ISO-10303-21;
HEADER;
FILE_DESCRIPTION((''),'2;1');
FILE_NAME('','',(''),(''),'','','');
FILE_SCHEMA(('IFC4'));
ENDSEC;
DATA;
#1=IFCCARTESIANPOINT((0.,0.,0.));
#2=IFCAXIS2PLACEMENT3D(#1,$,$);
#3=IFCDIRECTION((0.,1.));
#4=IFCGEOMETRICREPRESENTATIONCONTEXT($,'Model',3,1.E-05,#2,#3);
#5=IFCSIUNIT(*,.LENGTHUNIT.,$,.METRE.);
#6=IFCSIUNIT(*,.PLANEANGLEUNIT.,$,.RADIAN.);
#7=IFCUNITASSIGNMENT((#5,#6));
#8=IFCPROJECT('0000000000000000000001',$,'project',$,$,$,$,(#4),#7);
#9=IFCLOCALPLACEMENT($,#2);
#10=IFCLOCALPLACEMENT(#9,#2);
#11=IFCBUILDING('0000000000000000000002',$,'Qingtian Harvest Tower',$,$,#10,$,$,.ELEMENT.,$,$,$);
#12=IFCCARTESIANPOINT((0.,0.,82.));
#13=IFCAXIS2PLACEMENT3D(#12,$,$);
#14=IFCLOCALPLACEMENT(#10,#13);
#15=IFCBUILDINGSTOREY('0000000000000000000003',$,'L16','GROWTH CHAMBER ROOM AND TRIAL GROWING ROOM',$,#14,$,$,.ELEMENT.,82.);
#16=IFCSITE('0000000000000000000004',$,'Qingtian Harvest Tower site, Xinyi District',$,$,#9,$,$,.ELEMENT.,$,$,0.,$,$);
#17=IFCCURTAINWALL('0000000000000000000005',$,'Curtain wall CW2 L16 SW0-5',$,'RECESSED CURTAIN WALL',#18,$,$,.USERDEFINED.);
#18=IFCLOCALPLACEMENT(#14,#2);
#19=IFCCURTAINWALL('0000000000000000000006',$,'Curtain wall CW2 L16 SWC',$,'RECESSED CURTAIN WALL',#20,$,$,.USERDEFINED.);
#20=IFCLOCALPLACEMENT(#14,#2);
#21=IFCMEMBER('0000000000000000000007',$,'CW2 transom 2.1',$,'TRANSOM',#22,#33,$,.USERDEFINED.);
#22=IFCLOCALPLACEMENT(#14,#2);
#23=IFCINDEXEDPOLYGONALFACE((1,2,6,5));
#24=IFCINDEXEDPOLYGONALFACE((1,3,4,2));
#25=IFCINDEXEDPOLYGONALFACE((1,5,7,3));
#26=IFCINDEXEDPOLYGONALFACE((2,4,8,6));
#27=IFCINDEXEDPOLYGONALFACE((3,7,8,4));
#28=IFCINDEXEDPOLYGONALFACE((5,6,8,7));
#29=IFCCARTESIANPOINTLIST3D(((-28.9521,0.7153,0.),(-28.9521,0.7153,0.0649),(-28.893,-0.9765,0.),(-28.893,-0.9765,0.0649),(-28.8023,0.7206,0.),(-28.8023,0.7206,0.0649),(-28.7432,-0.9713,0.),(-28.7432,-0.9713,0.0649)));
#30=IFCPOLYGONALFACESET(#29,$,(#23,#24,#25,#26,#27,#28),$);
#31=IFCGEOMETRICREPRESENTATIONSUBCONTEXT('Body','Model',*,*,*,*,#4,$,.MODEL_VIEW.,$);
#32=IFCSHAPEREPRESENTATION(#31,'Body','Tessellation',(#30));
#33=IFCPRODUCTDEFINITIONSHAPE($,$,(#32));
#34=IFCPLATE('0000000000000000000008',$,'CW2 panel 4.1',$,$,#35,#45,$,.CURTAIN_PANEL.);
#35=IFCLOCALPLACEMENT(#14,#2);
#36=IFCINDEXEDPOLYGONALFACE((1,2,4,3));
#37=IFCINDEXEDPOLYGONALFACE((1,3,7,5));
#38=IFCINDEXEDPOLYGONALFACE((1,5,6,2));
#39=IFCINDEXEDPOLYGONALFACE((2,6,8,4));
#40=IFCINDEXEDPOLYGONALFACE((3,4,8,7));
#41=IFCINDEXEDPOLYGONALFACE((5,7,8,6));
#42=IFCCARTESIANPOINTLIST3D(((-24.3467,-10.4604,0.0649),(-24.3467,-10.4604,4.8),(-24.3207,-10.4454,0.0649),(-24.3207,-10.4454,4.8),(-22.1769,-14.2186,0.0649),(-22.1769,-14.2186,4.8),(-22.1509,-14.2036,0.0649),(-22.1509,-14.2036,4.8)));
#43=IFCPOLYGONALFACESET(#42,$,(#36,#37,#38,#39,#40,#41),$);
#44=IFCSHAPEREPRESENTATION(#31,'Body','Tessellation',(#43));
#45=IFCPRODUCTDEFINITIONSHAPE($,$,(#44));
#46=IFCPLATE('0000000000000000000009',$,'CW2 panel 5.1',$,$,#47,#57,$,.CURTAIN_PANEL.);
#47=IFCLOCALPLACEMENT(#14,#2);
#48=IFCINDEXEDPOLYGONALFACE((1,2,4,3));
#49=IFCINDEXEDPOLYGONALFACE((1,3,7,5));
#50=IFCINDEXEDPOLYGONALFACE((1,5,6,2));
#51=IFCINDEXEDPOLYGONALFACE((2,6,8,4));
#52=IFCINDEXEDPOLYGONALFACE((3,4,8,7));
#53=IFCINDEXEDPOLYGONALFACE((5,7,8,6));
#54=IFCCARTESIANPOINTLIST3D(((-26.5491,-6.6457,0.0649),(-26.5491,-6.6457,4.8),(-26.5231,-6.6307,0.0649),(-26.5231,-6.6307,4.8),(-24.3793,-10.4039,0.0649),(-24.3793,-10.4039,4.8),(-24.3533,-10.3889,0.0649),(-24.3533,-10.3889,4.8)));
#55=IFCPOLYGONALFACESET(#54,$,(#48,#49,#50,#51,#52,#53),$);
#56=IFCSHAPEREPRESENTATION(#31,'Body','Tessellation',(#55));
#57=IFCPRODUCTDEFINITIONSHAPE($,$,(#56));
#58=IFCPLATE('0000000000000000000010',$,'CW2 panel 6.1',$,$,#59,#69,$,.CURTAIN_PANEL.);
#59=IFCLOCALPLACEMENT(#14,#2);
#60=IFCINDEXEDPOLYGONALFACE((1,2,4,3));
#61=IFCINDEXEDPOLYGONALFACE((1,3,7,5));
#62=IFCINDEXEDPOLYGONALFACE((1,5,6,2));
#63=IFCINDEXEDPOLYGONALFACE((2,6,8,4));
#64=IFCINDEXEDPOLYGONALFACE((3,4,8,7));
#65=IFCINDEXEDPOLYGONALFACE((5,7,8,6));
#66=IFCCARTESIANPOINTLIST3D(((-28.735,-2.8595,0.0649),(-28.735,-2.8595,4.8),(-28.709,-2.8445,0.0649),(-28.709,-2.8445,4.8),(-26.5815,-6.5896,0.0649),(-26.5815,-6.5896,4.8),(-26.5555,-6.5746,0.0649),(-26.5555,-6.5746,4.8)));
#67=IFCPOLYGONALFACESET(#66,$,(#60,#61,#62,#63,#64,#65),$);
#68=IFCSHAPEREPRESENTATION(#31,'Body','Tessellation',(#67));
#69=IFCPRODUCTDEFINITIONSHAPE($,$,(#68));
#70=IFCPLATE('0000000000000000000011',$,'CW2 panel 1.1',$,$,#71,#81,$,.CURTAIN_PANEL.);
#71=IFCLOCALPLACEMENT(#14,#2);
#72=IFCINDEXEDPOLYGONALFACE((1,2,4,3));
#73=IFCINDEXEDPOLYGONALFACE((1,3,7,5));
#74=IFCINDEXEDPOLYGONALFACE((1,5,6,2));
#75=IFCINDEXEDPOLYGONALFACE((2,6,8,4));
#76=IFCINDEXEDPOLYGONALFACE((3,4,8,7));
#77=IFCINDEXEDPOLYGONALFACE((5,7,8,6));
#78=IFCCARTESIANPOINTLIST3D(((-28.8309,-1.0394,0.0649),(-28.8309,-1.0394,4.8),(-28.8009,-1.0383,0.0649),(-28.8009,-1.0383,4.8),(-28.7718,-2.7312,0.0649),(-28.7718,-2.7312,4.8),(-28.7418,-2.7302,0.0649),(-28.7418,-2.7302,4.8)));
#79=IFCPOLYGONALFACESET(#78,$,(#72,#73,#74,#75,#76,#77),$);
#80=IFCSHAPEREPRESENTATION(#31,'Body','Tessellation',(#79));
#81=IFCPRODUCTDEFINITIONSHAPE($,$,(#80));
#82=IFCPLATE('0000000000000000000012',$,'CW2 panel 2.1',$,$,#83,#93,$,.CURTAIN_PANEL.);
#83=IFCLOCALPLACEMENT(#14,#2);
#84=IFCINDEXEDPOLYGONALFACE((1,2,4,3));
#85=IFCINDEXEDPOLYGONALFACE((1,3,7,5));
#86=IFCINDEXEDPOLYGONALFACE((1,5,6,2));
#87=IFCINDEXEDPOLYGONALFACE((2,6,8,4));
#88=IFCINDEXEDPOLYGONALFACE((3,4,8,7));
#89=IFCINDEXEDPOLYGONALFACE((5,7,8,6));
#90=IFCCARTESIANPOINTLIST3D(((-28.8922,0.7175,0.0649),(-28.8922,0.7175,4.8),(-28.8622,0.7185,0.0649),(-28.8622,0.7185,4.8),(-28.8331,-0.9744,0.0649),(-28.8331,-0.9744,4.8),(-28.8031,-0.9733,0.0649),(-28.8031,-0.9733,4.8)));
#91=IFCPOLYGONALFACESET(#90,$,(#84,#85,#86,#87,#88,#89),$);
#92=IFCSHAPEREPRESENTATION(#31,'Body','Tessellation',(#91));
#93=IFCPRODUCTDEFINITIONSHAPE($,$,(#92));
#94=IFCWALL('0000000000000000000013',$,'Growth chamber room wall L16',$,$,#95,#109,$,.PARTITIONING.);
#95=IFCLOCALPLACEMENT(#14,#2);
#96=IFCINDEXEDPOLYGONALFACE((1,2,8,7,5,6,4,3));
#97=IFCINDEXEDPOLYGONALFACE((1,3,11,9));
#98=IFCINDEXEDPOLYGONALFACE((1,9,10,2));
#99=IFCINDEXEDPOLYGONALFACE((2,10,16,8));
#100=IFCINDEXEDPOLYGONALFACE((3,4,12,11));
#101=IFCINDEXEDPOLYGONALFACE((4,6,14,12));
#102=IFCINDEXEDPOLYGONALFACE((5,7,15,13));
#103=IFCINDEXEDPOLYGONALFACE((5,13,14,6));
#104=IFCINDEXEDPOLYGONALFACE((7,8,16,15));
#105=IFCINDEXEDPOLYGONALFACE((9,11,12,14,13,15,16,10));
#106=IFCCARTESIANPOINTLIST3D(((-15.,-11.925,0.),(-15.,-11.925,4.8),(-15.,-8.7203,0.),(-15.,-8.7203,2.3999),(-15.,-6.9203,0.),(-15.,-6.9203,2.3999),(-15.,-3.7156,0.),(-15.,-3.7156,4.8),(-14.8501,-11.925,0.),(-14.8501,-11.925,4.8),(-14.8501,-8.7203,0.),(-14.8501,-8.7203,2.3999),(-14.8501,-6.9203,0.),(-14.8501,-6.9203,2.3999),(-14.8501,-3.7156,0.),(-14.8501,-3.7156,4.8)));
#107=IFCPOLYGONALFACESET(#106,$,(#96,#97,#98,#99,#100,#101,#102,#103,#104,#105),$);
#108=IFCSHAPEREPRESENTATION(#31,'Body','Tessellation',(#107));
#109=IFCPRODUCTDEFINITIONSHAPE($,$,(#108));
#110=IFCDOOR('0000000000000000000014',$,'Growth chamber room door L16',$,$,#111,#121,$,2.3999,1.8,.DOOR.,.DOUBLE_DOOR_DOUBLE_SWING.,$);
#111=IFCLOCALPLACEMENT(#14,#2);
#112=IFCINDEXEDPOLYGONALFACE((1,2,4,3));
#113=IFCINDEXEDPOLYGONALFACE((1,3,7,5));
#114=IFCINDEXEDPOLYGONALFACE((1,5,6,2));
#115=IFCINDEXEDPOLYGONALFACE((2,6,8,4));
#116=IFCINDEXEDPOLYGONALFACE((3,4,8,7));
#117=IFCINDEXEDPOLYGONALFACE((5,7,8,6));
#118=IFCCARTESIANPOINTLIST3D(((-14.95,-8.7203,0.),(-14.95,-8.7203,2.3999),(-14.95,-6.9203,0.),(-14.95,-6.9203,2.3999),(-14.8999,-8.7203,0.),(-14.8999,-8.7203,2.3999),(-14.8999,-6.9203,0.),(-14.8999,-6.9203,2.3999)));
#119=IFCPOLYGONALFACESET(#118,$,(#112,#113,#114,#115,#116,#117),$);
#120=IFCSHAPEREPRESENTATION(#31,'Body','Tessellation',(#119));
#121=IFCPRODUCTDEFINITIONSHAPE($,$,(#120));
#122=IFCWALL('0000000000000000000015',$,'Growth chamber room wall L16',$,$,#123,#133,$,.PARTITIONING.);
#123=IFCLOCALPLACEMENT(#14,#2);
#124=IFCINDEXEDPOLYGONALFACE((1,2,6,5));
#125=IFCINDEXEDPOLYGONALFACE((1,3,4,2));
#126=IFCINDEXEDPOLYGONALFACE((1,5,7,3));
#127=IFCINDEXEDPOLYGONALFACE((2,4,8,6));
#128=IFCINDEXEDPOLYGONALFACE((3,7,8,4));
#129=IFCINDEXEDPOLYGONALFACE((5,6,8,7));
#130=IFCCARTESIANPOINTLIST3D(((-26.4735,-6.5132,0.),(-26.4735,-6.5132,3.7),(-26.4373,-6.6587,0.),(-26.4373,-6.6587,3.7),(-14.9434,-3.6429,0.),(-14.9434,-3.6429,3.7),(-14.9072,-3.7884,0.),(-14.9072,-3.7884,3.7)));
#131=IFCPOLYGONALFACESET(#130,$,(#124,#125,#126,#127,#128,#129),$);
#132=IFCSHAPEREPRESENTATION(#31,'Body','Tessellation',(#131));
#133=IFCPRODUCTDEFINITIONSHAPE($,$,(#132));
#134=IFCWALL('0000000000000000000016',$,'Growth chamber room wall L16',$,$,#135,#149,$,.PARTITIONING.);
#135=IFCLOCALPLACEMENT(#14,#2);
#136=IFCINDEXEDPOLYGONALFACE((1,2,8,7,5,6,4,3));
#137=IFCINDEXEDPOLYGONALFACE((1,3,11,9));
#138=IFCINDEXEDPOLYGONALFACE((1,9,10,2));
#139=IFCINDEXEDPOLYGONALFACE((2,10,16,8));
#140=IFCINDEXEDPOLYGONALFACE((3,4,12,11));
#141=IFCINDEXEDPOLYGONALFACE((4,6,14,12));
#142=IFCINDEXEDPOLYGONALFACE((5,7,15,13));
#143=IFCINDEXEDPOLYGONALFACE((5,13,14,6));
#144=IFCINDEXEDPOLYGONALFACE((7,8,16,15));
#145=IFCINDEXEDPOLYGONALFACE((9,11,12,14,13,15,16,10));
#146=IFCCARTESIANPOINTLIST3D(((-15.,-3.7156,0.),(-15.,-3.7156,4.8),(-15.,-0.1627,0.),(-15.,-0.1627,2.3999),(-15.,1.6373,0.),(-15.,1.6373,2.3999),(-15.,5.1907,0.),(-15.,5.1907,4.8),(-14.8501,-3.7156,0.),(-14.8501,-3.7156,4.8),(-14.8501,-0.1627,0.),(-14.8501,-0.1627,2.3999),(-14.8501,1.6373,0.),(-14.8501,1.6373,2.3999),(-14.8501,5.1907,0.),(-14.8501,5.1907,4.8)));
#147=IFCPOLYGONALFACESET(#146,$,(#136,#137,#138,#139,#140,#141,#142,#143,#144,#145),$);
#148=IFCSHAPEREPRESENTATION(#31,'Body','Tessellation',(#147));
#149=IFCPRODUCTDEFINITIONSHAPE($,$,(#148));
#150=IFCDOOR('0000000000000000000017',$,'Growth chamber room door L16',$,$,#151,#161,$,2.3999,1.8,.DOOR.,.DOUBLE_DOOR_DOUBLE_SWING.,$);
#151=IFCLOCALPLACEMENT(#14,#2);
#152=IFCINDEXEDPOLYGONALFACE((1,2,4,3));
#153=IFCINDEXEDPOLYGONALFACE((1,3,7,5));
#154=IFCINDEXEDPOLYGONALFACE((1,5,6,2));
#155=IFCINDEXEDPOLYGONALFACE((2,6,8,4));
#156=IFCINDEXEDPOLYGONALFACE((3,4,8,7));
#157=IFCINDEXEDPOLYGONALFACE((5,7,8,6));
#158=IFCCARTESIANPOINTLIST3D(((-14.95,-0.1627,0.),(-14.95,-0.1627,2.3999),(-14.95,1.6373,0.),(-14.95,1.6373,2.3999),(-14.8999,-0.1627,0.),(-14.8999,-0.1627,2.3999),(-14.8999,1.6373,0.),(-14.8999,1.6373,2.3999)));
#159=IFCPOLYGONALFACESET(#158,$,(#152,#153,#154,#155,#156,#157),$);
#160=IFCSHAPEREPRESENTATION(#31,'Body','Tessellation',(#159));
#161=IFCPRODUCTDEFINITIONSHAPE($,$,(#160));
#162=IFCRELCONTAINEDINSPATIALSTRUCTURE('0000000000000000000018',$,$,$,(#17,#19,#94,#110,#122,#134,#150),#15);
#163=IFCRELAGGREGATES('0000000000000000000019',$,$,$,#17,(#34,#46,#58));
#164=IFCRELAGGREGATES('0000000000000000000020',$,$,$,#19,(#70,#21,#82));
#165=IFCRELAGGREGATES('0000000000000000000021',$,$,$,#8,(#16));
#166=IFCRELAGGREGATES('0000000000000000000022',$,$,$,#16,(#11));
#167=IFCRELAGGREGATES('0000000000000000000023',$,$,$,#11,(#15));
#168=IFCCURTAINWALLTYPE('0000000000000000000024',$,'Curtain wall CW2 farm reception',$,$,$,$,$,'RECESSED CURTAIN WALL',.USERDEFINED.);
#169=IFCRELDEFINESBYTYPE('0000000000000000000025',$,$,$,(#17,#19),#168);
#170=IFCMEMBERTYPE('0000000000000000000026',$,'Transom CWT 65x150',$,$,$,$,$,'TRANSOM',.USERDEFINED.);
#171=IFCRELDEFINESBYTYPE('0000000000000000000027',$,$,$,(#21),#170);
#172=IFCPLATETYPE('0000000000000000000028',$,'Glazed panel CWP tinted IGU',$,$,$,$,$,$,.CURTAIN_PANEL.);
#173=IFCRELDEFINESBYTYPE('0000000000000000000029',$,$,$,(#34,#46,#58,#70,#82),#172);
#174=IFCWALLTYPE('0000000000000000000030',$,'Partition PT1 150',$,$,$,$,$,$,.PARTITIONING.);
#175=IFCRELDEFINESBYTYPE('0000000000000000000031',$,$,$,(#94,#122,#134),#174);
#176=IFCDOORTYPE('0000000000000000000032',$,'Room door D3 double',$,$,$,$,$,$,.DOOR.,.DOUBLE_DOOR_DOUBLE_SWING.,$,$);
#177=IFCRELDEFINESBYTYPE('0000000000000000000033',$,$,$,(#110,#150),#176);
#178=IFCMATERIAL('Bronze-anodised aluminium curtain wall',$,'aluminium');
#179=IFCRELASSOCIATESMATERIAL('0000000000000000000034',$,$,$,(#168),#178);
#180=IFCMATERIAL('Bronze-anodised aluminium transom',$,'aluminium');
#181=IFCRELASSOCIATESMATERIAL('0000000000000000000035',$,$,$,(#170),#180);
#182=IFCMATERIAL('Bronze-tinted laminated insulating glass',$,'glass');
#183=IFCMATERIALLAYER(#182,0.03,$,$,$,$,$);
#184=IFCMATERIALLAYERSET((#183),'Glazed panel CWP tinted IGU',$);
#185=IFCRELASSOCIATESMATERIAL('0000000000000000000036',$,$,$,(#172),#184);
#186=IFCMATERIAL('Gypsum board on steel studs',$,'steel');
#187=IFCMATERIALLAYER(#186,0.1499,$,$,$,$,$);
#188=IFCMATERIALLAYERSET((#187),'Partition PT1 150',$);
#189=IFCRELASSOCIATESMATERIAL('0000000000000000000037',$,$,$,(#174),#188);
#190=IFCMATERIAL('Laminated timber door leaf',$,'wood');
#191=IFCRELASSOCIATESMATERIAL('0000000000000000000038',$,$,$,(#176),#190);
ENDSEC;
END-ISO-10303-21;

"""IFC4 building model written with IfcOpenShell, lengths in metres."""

from ifc_helpers import new_model, si_unit, direction, frame, frame_2d, origin, origin_2d, place, context, subcontext, project, spatial, rectangle, extrude, material, layer, layer_set, material_profile, profile_set, type_object, element, fill, aggregate, save


model = new_model("IFC4")

# Units and contexts
model_context = context("Model", 3, precision=1e-05, world=origin(), true_north=direction((0.0, 1.0)))
body_context = subcontext(model_context, "Body", "Model", "MODEL_VIEW")
ifc_project = project(units=[si_unit("LENGTHUNIT", "METRE"), si_unit("PLANEANGLEUNIT", "RADIAN")], contexts=[model_context])

# Site, building, storey
site_placement = place(None, origin())
site = spatial("IfcSite", under=ifc_project, at=site_placement, Name="Qingtian Harvest Tower site, Xinyi District", CompositionType="ELEMENT", RefElevation=0.0)
building_placement = place(site_placement, origin())
building = spatial("IfcBuilding", under=site, at=building_placement, Name="Qingtian Harvest Tower", CompositionType="ELEMENT")
storey_placement = place(building_placement, frame((0.0, 0.0, 82.0)))
storey = spatial("IfcBuildingStorey", under=building, at=storey_placement, Name="L16", Description="GROWTH CHAMBER ROOM AND TRIAL GROWING ROOM", CompositionType="ELEMENT", Elevation=82.0)

# Curtain walls
ifc_material_1 = material(Name="Bronze-anodised aluminium curtain wall", Category="aluminium")
curtain_wall_type = type_object("IfcCurtainWallType", Name="Curtain wall CW2 farm reception", ElementType="RECESSED CURTAIN WALL", PredefinedType="USERDEFINED", material=ifc_material_1)
curtain_wall_1_placement = place(storey_placement, origin())
curtain_wall_1 = element("IfcCurtainWall", 1, at=curtain_wall_1_placement, inside=storey, type_object=curtain_wall_type, Name="Curtain wall CW2 L16 SW0-5", ObjectType="RECESSED CURTAIN WALL", PredefinedType="USERDEFINED")
curtain_wall_2_placement = place(storey_placement, origin())
curtain_wall_2 = element("IfcCurtainWall", 2, at=curtain_wall_2_placement, inside=storey, type_object=curtain_wall_type, Name="Curtain wall CW2 L16 SWC", ObjectType="RECESSED CURTAIN WALL", PredefinedType="USERDEFINED")

# Member
ifc_material_2 = material(Name="Bronze-anodised aluminium transom", Category="aluminium")
ifc_material_profile_1 = material_profile(ifc_material_2, rectangle(XDim=0.1499, YDim=0.0649, at=origin_2d()), Name="AL 65x150")
ifc_profile_set_1 = profile_set([ifc_material_profile_1], Name="Bronze-anodised aluminium transom")
member_type_1 = type_object("IfcMemberType", Name="Transom CWT 65x150", ElementType="TRANSOM", PredefinedType="USERDEFINED", material=ifc_profile_set_1)
member_1_placement = place(storey_placement, frame((-28.8181, -0.9739, 0.0325), z_axis=(-0.034899, 0.999391, 0.0), x_axis=(-0.999391, -0.034899, 0.0)))
member_1 = element("IfcMember", 3, at=member_1_placement, type_object=member_type_1, Name="CW2 transom 2.1", ObjectType="TRANSOM", PredefinedType="USERDEFINED", context=body_context, shape_type="SweptSolid", body=[
    extrude(rectangle(XDim=0.1499, YDim=0.0649, at=origin_2d()), origin(), (0.0, 0.0, 1.0), 1.6929),
])

# Plates
ifc_material_3 = material(Name="Bronze-tinted laminated insulating glass", Category="glass")
ifc_layer_1 = layer(ifc_material_3, 0.03)
ifc_layer_set_1 = layer_set([ifc_layer_1], Name="Glazed panel CWP tinted IGU")
plate_type = type_object("IfcPlateType", Name="Glazed panel CWP tinted IGU", PredefinedType="CURTAIN_PANEL", material=ifc_layer_set_1)
plate_1_placement = place(storey_placement, frame((-23.2488, -12.332, 0.0649), z_axis=(0.0, 0.0, 1.0), x_axis=(-0.5, 0.866025, 0.0)))
plate_1 = element("IfcPlate", 4, at=plate_1_placement, type_object=plate_type, Name="CW2 panel 4.1", PredefinedType="CURTAIN_PANEL", context=body_context, shape_type="SweptSolid", body=[
    extrude(rectangle(XDim=4.3396, YDim=0.03, at=origin_2d()), origin(), (0.0, 0.0, 1.0), 4.7351),
])
plate_2_placement = place(storey_placement, frame((-25.4512, -8.5173, 0.0649), z_axis=(0.0, 0.0, 1.0), x_axis=(-0.5, 0.866025, 0.0)))
plate_2 = element("IfcPlate", 5, at=plate_2_placement, type_object=plate_type, Name="CW2 panel 5.1", PredefinedType="CURTAIN_PANEL", context=body_context, shape_type="SweptSolid", body=[
    extrude(rectangle(XDim=4.3396, YDim=0.03, at=origin_2d()), origin(), (0.0, 0.0, 1.0), 4.7351),
])
plate_3_placement = place(storey_placement, frame((-27.6453, -4.717, 0.0649), z_axis=(0.0, 0.0, 1.0), x_axis=(-0.5, 0.866025, 0.0)))
plate_3 = element("IfcPlate", 6, at=plate_3_placement, type_object=plate_type, Name="CW2 panel 6.1", PredefinedType="CURTAIN_PANEL", context=body_context, shape_type="SweptSolid", body=[
    extrude(rectangle(XDim=4.3071, YDim=0.03, at=origin_2d()), origin(), (0.0, 0.0, 1.0), 4.7351),
])
aggregate(curtain_wall_1, [plate_1, plate_2, plate_3])
plate_4_placement = place(storey_placement, frame((-28.7864, -1.8848, 0.0649), z_axis=(0.0, 0.0, 1.0), x_axis=(-0.034899, 0.999391, 0.0)))
plate_4 = element("IfcPlate", 7, at=plate_4_placement, type_object=plate_type, Name="CW2 panel 1.1", PredefinedType="CURTAIN_PANEL", context=body_context, shape_type="SweptSolid", body=[
    extrude(rectangle(XDim=1.6929, YDim=0.03, at=origin_2d()), origin(), (0.0, 0.0, 1.0), 4.7351),
])
plate_5_placement = place(storey_placement, frame((-28.8477, -0.1279, 0.0649), z_axis=(0.0, 0.0, 1.0), x_axis=(-0.034899, 0.999391, 0.0)))
plate_5 = element("IfcPlate", 8, at=plate_5_placement, type_object=plate_type, Name="CW2 panel 2.1", PredefinedType="CURTAIN_PANEL", context=body_context, shape_type="SweptSolid", body=[
    extrude(rectangle(XDim=1.6929, YDim=0.03, at=origin_2d()), origin(), (0.0, 0.0, 1.0), 4.7351),
])
aggregate(curtain_wall_2, [plate_4, member_1, plate_5])

# Wall, opening, door
ifc_material_4 = material(Name="Gypsum board on steel studs", Category="steel")
ifc_layer_2 = layer(ifc_material_4, 0.1499)
ifc_layer_set_2 = layer_set([ifc_layer_2], Name="Partition PT1 150")
wall_type = type_object("IfcWallType", Name="Partition PT1 150", PredefinedType="PARTITIONING", material=ifc_layer_set_2)
wall_1_placement = place(storey_placement, frame((-14.925, -11.925, 0.0), z_axis=(0.0, 0.0, 1.0), x_axis=(0.0, 1.0, 0.0)))
wall_1 = element("IfcWall", 9, at=wall_1_placement, inside=storey, type_object=wall_type, Name="Growth chamber room wall L16", PredefinedType="PARTITIONING", context=body_context, shape_type="SweptSolid", body=[
    extrude(rectangle(XDim=8.2095, YDim=0.1499, at=frame_2d((4.1047, 0.0))), origin(), (0.0, 0.0, 1.0), 4.8),
])
opening_1_placement = place(wall_1_placement, frame((3.2048, 0.0, 0.0)))
opening_1 = element("IfcOpeningElement", 10, at=opening_1_placement, cuts=wall_1, PredefinedType="OPENING", context=body_context, shape_type="SweptSolid", body=[
    extrude(rectangle(XDim=1.8, YDim=2.3999, at=frame_2d((0.8999, 1.2))), frame((0.0, 0.085, 0.0), z_axis=(0.0, -1.0, 0.0), x_axis=(1.0, 0.0, 0.0)), (0.0, 0.0, 1.0), 0.1699),
])
ifc_material_5 = material(Name="Laminated timber door leaf", Category="wood")
door_type = type_object("IfcDoorType", Name="Room door D3 double", OperationType="DOUBLE_DOOR_DOUBLE_SWING", PredefinedType="DOOR", material=ifc_material_5)
door_1_placement = place(opening_1_placement, origin())
door_1 = element("IfcDoor", 11, at=door_1_placement, inside=storey, type_object=door_type, Name="Growth chamber room door L16", OperationType="DOUBLE_DOOR_DOUBLE_SWING", OverallHeight=2.3999, OverallWidth=1.8, PredefinedType="DOOR", context=body_context, shape_type="SweptSolid", body=[
    extrude(rectangle(XDim=1.8, YDim=2.3999, at=frame_2d((0.8999, 1.2))), frame((0.0, 0.0249, 0.0), z_axis=(0.0, -1.0, 0.0), x_axis=(1.0, 0.0, 0.0)), (0.0, 0.0, 1.0), 0.05),
])
fill(opening_1, door_1)

# Wall
wall_2_placement = place(storey_placement, frame((-26.4553, -6.5859, 0.0), z_axis=(0.0, 0.0, 1.0), x_axis=(0.970384, 0.241569, 0.0)))
element("IfcWall", 12, at=wall_2_placement, inside=storey, type_object=wall_type, Name="Growth chamber room wall L16", PredefinedType="PARTITIONING", context=body_context, shape_type="SweptSolid", body=[
    extrude(rectangle(XDim=11.8821, YDim=0.1499, at=frame_2d((5.9409, 0.0))), origin(), (0.0, 0.0, 1.0), 3.7),
])

# Wall, opening, door
wall_3_placement = place(storey_placement, frame((-14.925, -3.7156, 0.0), z_axis=(0.0, 0.0, 1.0), x_axis=(0.0, 1.0, 0.0)))
wall_3 = element("IfcWall", 13, at=wall_3_placement, inside=storey, type_object=wall_type, Name="Growth chamber room wall L16", PredefinedType="PARTITIONING", context=body_context, shape_type="SweptSolid", body=[
    extrude(rectangle(XDim=8.9062, YDim=0.1499, at=frame_2d((4.4531, 0.0))), origin(), (0.0, 0.0, 1.0), 4.8),
])
opening_2_placement = place(wall_3_placement, frame((3.553, 0.0, 0.0)))
opening_2 = element("IfcOpeningElement", 14, at=opening_2_placement, cuts=wall_3, PredefinedType="OPENING", context=body_context, shape_type="SweptSolid", body=[
    extrude(rectangle(XDim=1.8, YDim=2.3999, at=frame_2d((0.8999, 1.2))), frame((0.0, 0.085, 0.0), z_axis=(0.0, -1.0, 0.0), x_axis=(1.0, 0.0, 0.0)), (0.0, 0.0, 1.0), 0.1699),
])
door_2_placement = place(opening_2_placement, origin())
door_2 = element("IfcDoor", 15, at=door_2_placement, inside=storey, type_object=door_type, Name="Growth chamber room door L16", OperationType="DOUBLE_DOOR_DOUBLE_SWING", OverallHeight=2.3999, OverallWidth=1.8, PredefinedType="DOOR", context=body_context, shape_type="SweptSolid", body=[
    extrude(rectangle(XDim=1.8, YDim=2.3999, at=frame_2d((0.8999, 1.2))), frame((0.0, 0.0249, 0.0), z_axis=(0.0, -1.0, 0.0), x_axis=(1.0, 0.0, 0.0)), (0.0, 0.0, 1.0), 0.05),
])
fill(opening_2, door_2)

save(model, "model.ifc")
